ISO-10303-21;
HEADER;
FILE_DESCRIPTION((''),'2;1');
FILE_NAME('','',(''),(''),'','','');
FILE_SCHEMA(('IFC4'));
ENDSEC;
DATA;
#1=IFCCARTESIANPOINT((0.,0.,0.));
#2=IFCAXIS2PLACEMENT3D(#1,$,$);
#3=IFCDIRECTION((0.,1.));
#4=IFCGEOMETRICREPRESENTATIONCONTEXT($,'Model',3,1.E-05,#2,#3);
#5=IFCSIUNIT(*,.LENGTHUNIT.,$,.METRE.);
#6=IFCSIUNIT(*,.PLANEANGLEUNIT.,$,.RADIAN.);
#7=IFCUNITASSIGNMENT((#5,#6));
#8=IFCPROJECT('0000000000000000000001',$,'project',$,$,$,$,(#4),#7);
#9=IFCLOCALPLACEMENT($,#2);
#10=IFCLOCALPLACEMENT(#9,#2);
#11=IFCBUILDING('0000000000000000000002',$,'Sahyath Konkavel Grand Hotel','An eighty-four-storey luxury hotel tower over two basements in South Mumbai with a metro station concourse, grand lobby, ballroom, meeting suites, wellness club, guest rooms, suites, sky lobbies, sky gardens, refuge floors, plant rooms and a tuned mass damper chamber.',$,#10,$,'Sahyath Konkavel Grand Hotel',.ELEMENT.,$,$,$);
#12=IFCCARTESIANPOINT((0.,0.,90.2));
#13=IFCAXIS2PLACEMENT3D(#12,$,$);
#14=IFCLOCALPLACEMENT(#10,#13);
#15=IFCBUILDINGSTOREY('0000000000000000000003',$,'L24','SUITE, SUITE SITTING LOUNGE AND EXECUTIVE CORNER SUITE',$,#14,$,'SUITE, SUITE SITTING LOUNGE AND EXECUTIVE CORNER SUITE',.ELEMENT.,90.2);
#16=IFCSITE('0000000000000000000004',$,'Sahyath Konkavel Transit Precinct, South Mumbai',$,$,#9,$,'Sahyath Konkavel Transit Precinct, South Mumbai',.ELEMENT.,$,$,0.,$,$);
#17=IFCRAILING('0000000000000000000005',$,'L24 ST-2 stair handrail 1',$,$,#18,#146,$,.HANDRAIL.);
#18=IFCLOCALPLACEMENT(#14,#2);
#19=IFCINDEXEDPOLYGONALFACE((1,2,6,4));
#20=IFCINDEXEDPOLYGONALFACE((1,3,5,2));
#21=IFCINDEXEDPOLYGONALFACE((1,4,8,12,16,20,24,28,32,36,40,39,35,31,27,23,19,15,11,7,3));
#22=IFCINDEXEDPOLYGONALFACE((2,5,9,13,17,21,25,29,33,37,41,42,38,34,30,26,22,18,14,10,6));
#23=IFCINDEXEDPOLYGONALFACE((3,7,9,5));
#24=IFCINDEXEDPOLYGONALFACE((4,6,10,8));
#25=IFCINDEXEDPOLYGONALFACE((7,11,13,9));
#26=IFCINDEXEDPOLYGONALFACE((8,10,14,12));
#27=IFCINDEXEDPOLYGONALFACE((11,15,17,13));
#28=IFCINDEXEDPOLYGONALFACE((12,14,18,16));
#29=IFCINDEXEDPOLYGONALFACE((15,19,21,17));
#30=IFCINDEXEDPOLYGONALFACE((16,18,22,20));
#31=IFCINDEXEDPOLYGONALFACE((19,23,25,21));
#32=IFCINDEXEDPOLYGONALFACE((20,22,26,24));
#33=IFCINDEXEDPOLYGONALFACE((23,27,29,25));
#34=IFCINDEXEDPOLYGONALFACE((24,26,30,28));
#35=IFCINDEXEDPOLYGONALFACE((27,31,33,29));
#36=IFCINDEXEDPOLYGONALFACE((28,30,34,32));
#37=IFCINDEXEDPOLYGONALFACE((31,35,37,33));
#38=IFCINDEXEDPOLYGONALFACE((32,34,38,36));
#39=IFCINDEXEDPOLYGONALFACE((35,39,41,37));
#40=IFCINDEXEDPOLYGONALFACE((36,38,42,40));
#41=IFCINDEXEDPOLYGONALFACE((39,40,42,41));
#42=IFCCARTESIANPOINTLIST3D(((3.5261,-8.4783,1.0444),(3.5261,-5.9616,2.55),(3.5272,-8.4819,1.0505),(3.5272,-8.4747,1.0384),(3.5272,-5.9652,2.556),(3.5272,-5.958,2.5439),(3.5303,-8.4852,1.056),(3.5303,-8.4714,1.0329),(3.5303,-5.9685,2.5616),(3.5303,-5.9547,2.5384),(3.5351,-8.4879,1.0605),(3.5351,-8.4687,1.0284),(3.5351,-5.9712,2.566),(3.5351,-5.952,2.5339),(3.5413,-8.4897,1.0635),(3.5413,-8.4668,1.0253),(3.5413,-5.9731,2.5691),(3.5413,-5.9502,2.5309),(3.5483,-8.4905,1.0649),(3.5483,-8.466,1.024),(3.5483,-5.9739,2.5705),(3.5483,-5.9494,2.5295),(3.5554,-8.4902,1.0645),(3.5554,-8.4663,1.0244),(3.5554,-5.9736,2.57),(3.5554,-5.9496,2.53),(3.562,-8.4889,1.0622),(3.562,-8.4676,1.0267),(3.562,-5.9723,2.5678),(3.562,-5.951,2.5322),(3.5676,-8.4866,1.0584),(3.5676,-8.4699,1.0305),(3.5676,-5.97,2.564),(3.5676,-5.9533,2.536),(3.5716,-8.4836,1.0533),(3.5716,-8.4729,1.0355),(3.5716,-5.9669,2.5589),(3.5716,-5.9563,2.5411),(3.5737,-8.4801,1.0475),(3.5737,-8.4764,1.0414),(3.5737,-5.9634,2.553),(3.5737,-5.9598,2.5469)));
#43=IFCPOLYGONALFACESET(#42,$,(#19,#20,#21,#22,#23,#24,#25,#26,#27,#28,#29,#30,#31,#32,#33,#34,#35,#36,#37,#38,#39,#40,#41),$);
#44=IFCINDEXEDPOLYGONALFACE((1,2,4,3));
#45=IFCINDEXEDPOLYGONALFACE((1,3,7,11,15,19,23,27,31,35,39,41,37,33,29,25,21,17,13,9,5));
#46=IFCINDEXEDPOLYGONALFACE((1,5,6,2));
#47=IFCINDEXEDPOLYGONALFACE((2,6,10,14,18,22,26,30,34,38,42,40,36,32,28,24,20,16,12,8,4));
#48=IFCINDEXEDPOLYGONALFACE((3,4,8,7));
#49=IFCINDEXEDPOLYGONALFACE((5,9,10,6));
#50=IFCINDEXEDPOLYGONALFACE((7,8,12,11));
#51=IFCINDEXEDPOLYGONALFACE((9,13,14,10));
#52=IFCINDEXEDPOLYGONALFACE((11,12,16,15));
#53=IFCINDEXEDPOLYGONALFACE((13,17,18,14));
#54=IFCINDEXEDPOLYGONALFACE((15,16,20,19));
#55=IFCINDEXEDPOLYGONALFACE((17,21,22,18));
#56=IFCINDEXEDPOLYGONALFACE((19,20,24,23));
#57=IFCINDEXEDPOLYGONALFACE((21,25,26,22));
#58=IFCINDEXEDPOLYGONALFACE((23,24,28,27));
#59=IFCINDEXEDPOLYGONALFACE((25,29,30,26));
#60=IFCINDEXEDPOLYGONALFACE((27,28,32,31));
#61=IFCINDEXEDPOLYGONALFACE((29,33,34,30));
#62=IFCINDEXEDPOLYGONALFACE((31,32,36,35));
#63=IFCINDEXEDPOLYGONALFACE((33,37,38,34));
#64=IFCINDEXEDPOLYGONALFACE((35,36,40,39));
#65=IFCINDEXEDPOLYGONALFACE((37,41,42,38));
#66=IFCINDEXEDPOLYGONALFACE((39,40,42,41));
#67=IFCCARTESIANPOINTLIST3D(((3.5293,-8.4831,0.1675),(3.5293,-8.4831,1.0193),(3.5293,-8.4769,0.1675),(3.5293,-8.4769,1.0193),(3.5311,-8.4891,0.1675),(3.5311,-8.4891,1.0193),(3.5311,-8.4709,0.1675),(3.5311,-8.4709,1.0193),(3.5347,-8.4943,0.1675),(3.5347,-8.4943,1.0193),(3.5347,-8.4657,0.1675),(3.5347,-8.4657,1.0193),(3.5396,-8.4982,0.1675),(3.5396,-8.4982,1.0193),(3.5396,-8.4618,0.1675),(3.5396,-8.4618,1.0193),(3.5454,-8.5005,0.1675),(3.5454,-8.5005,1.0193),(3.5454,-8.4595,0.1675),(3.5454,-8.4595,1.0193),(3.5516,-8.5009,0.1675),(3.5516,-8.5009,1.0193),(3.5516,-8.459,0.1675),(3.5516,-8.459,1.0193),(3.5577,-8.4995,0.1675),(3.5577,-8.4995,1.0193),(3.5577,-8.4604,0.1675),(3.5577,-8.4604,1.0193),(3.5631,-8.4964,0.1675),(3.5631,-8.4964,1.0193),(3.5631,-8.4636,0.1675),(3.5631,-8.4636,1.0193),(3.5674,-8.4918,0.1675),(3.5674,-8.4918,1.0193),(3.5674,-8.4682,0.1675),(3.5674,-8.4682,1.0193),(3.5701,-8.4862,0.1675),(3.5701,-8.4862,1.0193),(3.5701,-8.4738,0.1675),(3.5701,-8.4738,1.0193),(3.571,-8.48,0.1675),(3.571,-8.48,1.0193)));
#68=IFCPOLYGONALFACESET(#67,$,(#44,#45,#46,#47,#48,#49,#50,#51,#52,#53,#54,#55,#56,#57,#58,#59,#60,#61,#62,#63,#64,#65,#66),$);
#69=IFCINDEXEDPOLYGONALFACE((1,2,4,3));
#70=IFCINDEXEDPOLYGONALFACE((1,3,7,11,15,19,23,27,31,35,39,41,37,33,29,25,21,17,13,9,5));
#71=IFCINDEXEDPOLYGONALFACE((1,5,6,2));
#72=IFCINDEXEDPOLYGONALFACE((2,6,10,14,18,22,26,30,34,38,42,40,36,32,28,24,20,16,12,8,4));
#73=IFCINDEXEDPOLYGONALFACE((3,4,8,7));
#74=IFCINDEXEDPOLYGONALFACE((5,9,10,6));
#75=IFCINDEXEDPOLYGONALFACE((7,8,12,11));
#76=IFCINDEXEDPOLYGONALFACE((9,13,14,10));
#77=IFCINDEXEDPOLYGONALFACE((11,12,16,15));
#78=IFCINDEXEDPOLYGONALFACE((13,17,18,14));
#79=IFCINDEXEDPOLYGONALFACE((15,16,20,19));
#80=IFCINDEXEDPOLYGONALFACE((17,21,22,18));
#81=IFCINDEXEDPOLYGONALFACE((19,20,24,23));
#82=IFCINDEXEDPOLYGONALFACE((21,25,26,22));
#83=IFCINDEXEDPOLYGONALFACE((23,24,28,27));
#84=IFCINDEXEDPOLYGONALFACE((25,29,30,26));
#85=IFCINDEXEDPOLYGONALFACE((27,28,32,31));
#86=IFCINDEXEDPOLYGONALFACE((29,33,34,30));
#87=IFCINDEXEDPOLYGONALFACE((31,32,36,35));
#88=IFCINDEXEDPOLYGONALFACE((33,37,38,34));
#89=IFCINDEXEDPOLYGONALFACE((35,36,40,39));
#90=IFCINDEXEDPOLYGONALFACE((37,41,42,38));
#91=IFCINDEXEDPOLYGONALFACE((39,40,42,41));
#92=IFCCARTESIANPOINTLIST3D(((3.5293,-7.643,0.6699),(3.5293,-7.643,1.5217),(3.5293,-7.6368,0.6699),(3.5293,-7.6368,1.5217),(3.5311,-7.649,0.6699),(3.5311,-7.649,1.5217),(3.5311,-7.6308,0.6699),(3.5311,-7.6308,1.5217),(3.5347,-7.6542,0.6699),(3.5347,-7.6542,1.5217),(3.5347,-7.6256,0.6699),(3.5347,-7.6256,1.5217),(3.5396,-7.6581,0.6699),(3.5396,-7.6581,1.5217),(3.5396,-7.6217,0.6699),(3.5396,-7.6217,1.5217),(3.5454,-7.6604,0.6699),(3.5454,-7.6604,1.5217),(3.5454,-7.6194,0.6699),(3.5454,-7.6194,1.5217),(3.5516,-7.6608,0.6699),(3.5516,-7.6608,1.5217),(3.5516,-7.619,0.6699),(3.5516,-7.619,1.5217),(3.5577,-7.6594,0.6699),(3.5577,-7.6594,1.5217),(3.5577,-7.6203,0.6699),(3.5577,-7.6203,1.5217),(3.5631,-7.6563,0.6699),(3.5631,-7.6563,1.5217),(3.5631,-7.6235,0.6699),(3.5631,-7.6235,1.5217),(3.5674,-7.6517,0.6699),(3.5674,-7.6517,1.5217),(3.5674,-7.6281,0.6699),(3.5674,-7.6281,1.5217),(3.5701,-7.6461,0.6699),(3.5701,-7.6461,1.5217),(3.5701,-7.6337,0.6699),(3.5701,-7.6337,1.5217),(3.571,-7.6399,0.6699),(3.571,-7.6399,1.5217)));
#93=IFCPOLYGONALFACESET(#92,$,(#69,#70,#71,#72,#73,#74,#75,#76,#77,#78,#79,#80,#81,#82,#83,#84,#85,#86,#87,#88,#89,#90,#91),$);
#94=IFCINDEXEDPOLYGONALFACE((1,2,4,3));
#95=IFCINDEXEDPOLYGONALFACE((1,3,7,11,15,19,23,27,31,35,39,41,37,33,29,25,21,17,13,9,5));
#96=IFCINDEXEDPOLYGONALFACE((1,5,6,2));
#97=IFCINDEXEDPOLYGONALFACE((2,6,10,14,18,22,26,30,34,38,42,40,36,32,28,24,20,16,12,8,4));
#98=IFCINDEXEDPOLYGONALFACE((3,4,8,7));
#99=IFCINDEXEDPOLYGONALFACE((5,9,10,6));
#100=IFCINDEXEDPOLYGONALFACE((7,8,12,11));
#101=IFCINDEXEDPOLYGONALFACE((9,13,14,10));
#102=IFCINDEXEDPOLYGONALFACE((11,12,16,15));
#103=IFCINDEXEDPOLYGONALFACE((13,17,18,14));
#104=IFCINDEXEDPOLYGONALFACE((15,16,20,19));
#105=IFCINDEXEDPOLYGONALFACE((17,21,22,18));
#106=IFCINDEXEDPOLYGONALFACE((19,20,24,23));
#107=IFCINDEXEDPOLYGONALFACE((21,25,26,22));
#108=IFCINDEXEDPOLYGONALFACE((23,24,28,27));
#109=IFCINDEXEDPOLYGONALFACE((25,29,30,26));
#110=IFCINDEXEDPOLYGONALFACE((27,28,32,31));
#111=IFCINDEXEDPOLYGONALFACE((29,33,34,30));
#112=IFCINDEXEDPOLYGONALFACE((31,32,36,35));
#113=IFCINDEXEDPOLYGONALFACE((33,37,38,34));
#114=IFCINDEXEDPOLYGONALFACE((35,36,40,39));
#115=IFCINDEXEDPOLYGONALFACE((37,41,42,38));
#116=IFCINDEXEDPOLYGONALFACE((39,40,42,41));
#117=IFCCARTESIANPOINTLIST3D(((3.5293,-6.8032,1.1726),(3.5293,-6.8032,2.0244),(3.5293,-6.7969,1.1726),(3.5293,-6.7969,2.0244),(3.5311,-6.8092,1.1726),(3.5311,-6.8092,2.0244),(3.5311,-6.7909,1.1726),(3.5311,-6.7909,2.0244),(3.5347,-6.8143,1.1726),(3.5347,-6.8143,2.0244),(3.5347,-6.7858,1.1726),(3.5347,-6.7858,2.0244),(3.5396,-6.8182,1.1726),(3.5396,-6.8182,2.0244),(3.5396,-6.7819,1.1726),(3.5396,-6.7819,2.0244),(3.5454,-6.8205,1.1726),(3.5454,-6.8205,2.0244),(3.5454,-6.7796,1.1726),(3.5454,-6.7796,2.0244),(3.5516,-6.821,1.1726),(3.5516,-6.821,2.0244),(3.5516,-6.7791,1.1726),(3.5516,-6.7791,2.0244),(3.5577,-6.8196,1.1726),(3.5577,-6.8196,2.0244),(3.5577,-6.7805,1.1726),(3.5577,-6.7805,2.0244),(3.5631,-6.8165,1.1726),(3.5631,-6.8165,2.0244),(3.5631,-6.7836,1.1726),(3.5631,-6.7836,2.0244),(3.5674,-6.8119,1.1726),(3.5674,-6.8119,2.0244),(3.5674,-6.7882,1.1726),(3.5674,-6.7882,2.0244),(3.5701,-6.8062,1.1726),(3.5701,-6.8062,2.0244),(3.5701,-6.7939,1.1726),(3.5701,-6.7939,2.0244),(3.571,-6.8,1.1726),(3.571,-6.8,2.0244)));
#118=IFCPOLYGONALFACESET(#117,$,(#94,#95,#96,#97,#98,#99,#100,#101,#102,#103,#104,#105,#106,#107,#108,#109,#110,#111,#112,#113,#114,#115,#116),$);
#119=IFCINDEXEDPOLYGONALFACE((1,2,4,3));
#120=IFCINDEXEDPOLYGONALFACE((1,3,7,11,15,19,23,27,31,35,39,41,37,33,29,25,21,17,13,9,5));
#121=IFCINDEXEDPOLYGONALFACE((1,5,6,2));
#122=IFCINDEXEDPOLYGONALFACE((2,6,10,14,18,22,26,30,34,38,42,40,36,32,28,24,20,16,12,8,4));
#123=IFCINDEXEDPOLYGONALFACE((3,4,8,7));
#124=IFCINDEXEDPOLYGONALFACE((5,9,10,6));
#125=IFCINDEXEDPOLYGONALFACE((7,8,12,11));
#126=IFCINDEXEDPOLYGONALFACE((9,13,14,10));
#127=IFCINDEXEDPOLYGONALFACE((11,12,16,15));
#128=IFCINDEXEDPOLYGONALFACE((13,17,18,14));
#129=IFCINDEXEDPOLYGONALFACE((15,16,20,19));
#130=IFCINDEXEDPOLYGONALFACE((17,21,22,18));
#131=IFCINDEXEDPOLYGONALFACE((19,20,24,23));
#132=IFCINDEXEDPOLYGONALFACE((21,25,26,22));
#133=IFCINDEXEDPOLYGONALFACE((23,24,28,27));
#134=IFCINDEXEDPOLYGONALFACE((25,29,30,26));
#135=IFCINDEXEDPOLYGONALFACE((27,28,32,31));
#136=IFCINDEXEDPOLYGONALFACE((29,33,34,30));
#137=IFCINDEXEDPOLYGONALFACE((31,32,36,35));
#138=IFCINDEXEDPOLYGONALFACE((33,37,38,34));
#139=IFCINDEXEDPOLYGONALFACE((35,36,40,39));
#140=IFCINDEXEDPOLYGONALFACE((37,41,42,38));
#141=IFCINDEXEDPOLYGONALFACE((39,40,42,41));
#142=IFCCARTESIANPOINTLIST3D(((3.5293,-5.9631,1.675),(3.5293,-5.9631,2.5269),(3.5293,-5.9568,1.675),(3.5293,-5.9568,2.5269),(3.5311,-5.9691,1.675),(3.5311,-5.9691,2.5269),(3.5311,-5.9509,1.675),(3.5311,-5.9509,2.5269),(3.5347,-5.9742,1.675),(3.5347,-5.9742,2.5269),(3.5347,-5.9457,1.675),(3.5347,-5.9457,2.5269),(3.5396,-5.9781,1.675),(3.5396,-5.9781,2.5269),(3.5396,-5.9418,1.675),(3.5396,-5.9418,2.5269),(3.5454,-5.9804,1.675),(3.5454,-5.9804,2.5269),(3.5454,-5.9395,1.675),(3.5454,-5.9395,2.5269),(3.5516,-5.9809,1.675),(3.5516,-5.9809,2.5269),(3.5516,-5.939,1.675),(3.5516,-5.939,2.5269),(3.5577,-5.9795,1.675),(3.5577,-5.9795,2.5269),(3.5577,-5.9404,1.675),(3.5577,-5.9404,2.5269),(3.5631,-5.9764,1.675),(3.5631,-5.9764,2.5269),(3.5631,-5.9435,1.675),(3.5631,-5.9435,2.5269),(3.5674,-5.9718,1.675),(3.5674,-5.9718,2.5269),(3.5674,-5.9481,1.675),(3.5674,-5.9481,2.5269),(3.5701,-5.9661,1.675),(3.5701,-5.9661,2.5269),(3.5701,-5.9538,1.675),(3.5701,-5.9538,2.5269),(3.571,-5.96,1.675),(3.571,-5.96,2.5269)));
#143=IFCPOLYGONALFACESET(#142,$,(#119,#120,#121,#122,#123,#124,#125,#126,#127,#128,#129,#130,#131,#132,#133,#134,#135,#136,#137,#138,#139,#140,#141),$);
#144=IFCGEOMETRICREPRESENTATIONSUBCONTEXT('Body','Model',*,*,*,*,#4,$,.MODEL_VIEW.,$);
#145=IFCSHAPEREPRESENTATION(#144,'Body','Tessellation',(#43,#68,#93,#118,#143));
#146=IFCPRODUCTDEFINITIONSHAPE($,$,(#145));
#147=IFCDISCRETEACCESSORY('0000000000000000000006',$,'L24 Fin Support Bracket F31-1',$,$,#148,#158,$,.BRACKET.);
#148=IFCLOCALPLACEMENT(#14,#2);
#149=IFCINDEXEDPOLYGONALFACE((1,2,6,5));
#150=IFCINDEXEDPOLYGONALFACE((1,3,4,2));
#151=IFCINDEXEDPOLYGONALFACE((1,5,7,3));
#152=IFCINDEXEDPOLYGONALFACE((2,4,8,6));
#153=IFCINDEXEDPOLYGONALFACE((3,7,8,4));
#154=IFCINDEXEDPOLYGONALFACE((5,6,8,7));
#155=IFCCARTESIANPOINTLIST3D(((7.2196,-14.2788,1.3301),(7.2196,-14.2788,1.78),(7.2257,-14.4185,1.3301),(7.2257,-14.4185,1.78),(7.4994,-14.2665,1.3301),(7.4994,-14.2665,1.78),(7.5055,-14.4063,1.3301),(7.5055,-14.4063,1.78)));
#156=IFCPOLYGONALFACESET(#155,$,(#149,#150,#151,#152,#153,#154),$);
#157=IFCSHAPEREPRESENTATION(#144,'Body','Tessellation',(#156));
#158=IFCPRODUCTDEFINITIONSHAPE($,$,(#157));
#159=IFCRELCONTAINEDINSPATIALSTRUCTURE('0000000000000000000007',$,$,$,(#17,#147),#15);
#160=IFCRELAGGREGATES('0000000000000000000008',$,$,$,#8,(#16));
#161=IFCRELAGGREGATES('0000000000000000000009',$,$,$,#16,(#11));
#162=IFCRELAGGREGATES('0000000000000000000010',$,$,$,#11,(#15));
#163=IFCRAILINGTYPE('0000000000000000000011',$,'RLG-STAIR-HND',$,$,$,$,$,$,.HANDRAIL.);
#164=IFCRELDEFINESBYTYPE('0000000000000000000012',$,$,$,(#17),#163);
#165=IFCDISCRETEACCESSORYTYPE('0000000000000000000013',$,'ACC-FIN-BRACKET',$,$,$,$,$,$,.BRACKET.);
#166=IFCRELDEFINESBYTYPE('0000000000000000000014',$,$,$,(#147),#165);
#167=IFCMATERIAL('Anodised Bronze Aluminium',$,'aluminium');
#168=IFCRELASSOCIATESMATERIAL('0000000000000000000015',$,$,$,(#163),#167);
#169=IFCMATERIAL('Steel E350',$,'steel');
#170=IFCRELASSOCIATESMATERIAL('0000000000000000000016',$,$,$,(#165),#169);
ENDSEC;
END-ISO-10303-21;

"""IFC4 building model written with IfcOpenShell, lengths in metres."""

from ifc_helpers import new_model, si_unit, direction, frame, origin, origin_2d, place, context, subcontext, project, spatial, rectangle, circle, extrude, source, transform, mapped, material, type_object, element, save


model = new_model("IFC4")

# Units and contexts
model_context = context("Model", 3, precision=1e-05, world=origin(), true_north=direction((0.0, 1.0)))
body_context = subcontext(model_context, "Body", "Model", "MODEL_VIEW")
ifc_project = project(units=[si_unit("LENGTHUNIT", "METRE"), si_unit("PLANEANGLEUNIT", "RADIAN")], contexts=[model_context])

# Site, building, storey
site_placement = place(None, origin())
site = spatial("IfcSite", under=ifc_project, at=site_placement, Name="Sahyath Konkavel Transit Precinct, South Mumbai", LongName="Sahyath Konkavel Transit Precinct, South Mumbai", CompositionType="ELEMENT", RefElevation=0.0)
building_placement = place(site_placement, origin())
building = spatial("IfcBuilding", under=site, at=building_placement, Name="Sahyath Konkavel Grand Hotel", Description="An eighty-four-storey luxury hotel tower over two basements in South Mumbai with a metro station concourse, grand lobby, ballroom, meeting suites, wellness club, guest rooms, suites, sky lobbies, sky gardens, refuge floors, plant rooms and a tuned mass damper chamber.", LongName="Sahyath Konkavel Grand Hotel", CompositionType="ELEMENT")
storey_placement = place(building_placement, frame((0.0, 0.0, 90.2)))
storey = spatial("IfcBuildingStorey", under=building, at=storey_placement, Name="L24", Description="SUITE, SUITE SITTING LOUNGE AND EXECUTIVE CORNER SUITE", LongName="SUITE, SUITE SITTING LOUNGE AND EXECUTIVE CORNER SUITE", CompositionType="ELEMENT", Elevation=90.2)

# Shared definitions
ifc_material_1 = material(Name="Steel E350", Category="steel")

# Shared definitions
ifc_material_2 = material(Name="Anodised Bronze Aluminium", Category="aluminium")

# Railing
railing_type_1 = type_object("IfcRailingType", Name="RLG-STAIR-HND", PredefinedType="HANDRAIL", material=ifc_material_2)
railing_1_placement = place(storey_placement, frame((3.55, -8.48, 0.1675)))
element("IfcRailing", 1, at=railing_1_placement, inside=storey, type_object=railing_type_1, Name="L24 ST-2 stair handrail 1", PredefinedType="HANDRAIL", context=body_context, shape_type="SweptSolid", body=[
    extrude(circle(Radius=0.0239, at=origin_2d()), frame((0.0, 0.0017, 0.877), z_axis=(0.0, 0.85816, 0.513383), x_axis=(-1.0, 0.0, 0.0)), (0.0, 0.0, 1.0), 2.9326),
    extrude(circle(Radius=0.021, at=origin_2d()), origin(), (0.0, 0.0, 1.0), 0.8518),
    extrude(circle(Radius=0.021, at=origin_2d()), frame((0.0, 0.8401, 0.5024)), (0.0, 0.0, 1.0), 0.8518),
    extrude(circle(Radius=0.021, at=origin_2d()), frame((0.0, 1.6799, 1.0051)), (0.0, 0.0, 1.0), 0.8518),
    extrude(circle(Radius=0.021, at=origin_2d()), frame((0.0, 2.52, 1.5076)), (0.0, 0.0, 1.0), 0.8518),
])

# Discrete accessory
discrete_accessory_type = type_object("IfcDiscreteAccessoryType", Name="ACC-FIN-BRACKET", PredefinedType="BRACKET", material=ifc_material_1)
shared_shape_1 = source(origin(), body_context, "Body", "SweptSolid", [
    extrude(rectangle(XDim=0.28, YDim=0.1399, at=origin_2d()), origin(), (0.0, 0.0, 1.0), 0.45),
])
discrete_accessory_placement = place(storey_placement, frame((7.3625, -14.3425, 1.3301), z_axis=(0.0, 0.0, 1.0), x_axis=(0.999048, 0.043619, 0.0)))
element("IfcDiscreteAccessory", 2, at=discrete_accessory_placement, inside=storey, type_object=discrete_accessory_type, Name="L24 Fin Support Bracket F31-1", PredefinedType="BRACKET", context=body_context, shape_type="MappedRepresentation", body=[
    mapped(shared_shape_1, transform((0.0, 0.0, 0.0), scale=1.0)),
])

save(model, "model.ifc")
